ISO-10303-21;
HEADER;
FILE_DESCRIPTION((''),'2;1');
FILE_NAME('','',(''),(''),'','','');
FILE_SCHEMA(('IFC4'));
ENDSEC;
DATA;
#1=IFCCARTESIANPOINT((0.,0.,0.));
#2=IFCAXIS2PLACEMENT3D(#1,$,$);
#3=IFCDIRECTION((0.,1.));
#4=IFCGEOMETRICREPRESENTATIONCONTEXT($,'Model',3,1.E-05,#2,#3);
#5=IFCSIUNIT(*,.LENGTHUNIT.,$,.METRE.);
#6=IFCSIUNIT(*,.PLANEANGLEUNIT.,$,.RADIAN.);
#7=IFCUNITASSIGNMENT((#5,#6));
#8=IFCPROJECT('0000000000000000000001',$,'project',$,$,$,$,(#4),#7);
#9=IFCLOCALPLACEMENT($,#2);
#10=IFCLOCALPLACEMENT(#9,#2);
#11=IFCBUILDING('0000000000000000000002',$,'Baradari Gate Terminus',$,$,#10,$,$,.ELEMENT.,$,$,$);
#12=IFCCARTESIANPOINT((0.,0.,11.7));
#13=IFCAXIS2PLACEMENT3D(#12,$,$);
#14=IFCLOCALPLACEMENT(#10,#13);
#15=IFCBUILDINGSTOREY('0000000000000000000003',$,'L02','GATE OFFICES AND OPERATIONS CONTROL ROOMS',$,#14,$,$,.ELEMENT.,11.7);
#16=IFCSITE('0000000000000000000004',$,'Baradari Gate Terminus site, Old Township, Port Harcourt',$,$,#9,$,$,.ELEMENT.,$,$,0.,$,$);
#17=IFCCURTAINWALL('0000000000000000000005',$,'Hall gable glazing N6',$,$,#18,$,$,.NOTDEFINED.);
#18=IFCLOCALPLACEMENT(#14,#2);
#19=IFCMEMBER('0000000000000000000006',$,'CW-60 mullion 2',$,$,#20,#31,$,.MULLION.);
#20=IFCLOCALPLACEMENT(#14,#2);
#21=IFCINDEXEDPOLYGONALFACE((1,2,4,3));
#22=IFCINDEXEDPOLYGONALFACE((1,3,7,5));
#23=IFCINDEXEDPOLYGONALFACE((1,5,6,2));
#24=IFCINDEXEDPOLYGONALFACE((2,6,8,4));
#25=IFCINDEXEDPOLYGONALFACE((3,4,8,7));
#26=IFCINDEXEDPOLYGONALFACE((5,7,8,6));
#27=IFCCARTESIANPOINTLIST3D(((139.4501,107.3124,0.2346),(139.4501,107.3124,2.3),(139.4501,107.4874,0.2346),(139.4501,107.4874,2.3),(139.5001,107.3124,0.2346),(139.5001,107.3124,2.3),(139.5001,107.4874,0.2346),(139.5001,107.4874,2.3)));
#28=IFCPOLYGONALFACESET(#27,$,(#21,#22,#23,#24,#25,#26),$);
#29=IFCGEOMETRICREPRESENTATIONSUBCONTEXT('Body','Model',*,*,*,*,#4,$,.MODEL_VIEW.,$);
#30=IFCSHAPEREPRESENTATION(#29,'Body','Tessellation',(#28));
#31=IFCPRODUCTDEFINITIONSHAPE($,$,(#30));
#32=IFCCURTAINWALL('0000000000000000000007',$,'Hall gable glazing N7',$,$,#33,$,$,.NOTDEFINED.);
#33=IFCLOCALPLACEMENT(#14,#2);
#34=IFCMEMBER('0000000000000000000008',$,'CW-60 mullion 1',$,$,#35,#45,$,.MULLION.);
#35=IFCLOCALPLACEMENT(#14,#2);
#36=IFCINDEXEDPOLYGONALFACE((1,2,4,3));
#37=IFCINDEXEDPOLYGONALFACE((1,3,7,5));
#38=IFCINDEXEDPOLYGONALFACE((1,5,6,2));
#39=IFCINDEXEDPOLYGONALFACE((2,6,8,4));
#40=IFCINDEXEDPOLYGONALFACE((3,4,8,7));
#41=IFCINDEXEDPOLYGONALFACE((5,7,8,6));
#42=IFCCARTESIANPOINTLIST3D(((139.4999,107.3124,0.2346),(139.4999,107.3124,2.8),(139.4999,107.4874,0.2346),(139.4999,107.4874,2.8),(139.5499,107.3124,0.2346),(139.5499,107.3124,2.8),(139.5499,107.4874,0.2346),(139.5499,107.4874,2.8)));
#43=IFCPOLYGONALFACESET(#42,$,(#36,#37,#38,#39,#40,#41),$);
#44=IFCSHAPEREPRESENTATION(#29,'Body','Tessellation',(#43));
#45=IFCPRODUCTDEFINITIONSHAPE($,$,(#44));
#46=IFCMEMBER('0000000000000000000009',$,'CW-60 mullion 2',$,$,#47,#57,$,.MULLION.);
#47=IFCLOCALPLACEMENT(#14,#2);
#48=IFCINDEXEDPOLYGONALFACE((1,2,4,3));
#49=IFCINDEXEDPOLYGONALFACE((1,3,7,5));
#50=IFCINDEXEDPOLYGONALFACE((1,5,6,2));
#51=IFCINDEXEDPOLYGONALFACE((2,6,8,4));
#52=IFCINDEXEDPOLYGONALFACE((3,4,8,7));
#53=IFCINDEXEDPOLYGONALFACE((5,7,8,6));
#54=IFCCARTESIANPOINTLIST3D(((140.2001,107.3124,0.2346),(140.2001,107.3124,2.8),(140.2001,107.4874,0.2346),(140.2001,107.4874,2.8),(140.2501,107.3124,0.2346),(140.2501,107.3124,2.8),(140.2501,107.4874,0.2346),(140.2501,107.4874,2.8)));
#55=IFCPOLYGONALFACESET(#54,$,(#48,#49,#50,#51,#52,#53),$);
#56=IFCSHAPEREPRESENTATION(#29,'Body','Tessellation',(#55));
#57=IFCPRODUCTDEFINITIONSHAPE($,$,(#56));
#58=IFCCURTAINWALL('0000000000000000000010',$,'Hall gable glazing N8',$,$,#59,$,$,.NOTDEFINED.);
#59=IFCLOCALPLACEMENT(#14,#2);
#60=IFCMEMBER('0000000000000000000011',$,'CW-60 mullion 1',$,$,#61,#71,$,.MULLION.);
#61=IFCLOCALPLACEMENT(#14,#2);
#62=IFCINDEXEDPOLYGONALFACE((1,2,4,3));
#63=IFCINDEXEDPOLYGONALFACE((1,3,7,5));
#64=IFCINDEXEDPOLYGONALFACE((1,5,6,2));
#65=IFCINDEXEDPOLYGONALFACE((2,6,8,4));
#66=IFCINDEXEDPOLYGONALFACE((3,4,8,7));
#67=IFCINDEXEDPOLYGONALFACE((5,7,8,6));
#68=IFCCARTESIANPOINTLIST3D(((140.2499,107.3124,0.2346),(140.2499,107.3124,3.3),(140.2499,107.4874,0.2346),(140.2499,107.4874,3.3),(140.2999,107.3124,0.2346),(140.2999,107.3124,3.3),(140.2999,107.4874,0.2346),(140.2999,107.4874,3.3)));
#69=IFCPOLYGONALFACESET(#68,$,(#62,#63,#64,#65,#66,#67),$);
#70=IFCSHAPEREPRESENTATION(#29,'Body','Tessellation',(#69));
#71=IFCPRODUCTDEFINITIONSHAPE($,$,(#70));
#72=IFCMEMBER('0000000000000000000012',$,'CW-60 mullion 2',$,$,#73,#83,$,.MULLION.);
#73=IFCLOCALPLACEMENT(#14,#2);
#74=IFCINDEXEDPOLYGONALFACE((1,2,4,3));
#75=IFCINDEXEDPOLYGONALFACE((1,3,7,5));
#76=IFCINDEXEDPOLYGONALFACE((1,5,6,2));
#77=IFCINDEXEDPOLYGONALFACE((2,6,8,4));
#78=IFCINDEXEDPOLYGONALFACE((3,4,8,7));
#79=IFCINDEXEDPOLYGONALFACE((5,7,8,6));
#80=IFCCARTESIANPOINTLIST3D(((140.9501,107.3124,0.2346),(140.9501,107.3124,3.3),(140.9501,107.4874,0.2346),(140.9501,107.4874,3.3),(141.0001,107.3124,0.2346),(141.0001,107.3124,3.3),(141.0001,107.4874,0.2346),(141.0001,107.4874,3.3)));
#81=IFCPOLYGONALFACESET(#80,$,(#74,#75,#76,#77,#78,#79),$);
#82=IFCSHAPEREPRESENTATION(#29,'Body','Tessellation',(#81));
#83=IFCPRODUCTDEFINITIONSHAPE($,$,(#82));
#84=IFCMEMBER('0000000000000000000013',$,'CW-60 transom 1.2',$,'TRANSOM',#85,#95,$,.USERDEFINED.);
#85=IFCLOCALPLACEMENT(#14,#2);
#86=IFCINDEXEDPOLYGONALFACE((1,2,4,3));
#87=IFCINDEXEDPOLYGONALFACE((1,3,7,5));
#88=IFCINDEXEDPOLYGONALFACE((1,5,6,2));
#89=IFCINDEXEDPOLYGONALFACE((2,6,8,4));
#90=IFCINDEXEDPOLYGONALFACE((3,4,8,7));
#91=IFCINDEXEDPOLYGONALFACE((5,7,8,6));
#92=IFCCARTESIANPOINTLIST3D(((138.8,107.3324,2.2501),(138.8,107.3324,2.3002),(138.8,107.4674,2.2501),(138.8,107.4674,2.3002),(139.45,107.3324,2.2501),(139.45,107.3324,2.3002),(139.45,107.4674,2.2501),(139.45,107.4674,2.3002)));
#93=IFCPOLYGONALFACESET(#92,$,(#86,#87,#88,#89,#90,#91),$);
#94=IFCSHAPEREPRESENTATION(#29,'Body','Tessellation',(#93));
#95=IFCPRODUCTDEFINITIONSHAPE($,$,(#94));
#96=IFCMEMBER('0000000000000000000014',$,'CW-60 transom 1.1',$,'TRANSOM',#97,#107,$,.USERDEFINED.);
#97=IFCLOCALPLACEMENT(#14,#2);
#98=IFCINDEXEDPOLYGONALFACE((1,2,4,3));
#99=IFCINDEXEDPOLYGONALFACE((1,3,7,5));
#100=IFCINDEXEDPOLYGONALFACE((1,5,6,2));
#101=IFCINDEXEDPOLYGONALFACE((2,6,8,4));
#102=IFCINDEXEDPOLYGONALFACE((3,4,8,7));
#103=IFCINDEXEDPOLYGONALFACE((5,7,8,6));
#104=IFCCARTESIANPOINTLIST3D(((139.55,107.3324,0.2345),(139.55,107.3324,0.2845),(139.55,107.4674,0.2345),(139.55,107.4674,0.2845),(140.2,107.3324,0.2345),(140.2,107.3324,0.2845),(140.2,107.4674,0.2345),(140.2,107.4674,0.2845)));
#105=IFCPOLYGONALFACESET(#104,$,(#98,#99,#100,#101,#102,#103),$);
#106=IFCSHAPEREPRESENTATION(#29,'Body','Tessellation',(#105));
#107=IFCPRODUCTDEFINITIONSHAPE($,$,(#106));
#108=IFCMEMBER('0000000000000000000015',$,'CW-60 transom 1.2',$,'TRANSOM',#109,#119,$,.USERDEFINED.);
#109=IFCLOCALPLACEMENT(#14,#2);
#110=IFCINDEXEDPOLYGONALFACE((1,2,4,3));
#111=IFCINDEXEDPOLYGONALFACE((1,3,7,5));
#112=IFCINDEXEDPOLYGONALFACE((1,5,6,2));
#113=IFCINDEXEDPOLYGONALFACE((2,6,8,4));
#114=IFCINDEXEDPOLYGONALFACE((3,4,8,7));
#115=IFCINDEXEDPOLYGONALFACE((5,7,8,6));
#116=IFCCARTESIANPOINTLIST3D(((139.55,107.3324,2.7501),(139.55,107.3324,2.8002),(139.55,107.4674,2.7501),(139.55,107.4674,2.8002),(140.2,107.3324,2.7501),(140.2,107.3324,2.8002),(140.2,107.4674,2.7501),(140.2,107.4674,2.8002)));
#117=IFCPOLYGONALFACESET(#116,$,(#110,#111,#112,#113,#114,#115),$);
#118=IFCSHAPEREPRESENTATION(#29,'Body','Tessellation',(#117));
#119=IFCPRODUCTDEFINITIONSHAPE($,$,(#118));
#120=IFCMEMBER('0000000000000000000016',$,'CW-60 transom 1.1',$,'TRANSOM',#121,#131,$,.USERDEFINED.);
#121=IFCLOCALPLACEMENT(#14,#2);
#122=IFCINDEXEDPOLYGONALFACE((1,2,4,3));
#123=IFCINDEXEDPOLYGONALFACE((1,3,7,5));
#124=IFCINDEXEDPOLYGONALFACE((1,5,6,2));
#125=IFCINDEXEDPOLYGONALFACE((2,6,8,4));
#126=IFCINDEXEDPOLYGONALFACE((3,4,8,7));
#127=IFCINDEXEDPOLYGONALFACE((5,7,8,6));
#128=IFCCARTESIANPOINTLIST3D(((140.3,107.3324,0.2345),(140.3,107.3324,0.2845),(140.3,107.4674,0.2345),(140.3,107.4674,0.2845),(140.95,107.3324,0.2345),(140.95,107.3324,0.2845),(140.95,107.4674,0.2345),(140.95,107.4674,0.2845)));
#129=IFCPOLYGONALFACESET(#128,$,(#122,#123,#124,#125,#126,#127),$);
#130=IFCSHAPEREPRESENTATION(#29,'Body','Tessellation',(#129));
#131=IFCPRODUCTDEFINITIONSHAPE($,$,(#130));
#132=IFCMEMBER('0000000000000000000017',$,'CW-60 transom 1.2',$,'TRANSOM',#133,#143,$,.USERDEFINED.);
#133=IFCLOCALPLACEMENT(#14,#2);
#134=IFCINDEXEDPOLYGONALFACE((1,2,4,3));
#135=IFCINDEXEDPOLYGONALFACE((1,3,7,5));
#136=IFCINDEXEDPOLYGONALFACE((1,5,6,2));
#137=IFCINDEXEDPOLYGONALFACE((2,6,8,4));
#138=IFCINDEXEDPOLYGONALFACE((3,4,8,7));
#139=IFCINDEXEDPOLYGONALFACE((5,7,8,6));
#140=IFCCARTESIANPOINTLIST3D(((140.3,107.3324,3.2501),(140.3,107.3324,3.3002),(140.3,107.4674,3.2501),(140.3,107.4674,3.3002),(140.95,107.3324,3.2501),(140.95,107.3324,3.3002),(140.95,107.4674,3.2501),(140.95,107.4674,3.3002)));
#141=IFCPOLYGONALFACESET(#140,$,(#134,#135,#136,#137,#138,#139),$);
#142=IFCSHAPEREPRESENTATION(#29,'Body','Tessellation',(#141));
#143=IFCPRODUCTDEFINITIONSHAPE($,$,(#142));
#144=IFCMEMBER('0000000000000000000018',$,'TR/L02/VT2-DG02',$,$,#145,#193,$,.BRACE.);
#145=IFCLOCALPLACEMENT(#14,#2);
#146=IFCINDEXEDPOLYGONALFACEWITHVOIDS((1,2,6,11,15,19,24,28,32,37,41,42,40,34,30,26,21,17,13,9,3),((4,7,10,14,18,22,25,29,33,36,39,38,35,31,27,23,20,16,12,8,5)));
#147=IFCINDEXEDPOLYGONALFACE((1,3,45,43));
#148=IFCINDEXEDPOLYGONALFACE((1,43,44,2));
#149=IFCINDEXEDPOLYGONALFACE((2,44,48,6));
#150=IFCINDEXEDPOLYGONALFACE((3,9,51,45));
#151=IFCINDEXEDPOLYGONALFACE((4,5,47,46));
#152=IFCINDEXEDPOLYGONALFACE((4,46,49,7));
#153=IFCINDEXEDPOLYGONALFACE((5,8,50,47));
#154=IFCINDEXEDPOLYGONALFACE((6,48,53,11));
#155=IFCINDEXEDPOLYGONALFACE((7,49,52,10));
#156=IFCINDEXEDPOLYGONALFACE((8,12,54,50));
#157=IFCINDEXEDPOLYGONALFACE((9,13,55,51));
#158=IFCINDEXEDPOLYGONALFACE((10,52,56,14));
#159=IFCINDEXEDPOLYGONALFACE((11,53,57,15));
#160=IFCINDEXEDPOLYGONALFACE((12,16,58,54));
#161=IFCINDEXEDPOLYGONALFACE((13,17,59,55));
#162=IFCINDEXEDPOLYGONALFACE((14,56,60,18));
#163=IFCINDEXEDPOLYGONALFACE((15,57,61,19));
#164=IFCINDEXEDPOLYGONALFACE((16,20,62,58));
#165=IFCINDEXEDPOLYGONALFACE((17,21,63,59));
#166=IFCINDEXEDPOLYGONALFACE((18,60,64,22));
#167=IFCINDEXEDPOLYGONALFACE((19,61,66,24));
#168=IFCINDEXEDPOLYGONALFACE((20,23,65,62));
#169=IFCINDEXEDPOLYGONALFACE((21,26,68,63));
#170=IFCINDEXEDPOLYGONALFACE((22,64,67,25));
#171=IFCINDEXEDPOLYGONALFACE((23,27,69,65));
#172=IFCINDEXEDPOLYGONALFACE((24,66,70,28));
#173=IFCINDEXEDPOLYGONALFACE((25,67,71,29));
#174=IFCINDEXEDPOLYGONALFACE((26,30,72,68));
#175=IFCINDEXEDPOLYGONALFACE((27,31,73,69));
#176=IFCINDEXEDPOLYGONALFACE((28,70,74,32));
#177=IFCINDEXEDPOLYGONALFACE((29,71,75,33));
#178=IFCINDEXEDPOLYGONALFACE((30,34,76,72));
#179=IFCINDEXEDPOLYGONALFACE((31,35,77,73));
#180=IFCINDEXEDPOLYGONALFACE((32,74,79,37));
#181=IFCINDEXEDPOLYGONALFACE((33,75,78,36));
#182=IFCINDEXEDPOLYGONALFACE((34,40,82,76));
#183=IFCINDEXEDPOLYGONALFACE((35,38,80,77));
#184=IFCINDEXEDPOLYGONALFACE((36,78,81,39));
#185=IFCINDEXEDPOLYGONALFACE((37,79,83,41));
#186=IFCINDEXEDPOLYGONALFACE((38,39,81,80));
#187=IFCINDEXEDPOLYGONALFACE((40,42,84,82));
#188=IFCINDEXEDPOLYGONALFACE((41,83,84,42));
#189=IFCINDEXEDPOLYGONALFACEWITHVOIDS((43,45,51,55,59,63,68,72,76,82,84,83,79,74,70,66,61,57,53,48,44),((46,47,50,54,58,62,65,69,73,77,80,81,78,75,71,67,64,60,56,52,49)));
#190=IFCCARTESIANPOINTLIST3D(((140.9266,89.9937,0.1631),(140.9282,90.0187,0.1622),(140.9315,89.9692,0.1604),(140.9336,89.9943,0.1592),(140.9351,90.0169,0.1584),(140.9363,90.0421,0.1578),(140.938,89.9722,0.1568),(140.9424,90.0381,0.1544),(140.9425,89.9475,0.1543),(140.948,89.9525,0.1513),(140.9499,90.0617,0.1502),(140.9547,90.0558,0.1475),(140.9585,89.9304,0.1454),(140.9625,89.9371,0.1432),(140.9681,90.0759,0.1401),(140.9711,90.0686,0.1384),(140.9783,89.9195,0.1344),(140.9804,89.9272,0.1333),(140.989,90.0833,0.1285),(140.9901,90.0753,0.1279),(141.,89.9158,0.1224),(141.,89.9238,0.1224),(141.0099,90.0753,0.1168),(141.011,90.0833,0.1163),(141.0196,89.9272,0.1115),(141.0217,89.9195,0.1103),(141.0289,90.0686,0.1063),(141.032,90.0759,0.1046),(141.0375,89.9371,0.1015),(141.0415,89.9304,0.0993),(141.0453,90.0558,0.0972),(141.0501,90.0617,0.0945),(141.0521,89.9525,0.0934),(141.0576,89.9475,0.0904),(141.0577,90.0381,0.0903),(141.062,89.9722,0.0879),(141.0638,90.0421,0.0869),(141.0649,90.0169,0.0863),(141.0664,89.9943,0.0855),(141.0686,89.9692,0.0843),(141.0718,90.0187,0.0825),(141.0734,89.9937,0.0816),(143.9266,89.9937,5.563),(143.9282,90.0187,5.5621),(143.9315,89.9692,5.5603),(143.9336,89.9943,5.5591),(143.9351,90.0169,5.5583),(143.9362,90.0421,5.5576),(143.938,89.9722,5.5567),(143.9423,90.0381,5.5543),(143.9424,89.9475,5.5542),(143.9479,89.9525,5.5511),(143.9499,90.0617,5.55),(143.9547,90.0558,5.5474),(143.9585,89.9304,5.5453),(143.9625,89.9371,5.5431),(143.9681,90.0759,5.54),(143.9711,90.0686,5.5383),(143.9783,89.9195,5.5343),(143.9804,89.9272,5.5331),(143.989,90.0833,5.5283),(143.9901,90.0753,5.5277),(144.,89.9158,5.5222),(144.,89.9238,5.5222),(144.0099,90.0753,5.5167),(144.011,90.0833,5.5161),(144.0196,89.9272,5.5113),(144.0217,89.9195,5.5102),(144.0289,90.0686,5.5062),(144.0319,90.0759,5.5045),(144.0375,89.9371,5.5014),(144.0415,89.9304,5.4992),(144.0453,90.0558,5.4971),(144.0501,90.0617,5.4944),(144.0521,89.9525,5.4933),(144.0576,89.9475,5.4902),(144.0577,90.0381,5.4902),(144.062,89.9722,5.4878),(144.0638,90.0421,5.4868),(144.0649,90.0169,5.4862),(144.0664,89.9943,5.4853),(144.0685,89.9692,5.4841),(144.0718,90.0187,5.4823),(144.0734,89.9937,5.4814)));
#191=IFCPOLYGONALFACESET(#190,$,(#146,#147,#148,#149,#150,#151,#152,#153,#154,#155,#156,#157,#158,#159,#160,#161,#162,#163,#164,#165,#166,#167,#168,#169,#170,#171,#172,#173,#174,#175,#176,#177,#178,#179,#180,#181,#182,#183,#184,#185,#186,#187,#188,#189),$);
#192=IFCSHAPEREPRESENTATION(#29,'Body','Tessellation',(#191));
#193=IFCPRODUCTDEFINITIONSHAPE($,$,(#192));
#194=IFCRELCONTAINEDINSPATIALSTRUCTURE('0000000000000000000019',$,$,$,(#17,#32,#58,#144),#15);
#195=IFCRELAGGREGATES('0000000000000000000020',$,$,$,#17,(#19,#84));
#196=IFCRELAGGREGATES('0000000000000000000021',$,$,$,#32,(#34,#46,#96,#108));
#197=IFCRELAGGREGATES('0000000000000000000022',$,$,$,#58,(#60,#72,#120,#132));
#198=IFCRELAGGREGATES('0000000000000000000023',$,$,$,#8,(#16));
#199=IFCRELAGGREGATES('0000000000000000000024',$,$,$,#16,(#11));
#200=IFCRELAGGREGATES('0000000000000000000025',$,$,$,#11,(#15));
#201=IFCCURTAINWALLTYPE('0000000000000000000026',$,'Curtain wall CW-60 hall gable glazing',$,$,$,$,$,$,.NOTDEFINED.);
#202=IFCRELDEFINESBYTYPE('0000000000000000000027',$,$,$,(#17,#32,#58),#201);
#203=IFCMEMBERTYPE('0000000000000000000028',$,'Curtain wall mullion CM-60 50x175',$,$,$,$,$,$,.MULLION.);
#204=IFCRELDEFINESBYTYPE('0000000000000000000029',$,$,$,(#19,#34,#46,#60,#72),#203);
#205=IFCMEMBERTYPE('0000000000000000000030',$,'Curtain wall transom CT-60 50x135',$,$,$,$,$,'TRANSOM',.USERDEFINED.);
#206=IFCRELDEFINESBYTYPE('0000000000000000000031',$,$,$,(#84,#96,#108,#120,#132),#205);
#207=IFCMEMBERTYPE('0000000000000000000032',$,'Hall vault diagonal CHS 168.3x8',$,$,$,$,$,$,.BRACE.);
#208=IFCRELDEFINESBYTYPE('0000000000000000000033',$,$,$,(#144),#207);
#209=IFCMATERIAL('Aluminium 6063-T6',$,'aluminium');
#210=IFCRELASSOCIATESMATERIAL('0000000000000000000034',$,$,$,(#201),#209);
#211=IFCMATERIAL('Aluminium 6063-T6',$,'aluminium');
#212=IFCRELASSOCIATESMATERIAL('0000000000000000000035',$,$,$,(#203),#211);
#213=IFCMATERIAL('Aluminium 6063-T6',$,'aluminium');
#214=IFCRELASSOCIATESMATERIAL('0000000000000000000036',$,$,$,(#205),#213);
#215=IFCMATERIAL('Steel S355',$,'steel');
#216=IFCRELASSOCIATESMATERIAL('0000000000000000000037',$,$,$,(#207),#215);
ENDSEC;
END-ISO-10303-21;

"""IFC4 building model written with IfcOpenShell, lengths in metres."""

from ifc_helpers import new_model, si_unit, direction, frame, origin, origin_2d, place, context, subcontext, project, spatial, rectangle, hollow_circle, extrude, material, material_profile, profile_set, type_object, element, aggregate, save


model = new_model("IFC4")

# Units and contexts
model_context = context("Model", 3, precision=1e-05, world=origin(), true_north=direction((0.0, 1.0)))
body_context = subcontext(model_context, "Body", "Model", "MODEL_VIEW")
ifc_project = project(units=[si_unit("LENGTHUNIT", "METRE"), si_unit("PLANEANGLEUNIT", "RADIAN")], contexts=[model_context])

# Site, building, storey
site_placement = place(None, origin())
site = spatial("IfcSite", under=ifc_project, at=site_placement, Name="Baradari Gate Terminus site, Old Township, Port Harcourt", CompositionType="ELEMENT", RefElevation=0.0)
building_placement = place(site_placement, origin())
building = spatial("IfcBuilding", under=site, at=building_placement, Name="Baradari Gate Terminus", CompositionType="ELEMENT")
storey_placement = place(building_placement, frame((0.0, 0.0, 11.7)))
storey = spatial("IfcBuildingStorey", under=building, at=storey_placement, Name="L02", Description="GATE OFFICES AND OPERATIONS CONTROL ROOMS", CompositionType="ELEMENT", Elevation=11.7)

# Curtain wall, member
ifc_material_1 = material(Name="Aluminium 6063-T6", Category="aluminium")
curtain_wall_type = type_object("IfcCurtainWallType", Name="Curtain wall CW-60 hall gable glazing", PredefinedType="NOTDEFINED", material=ifc_material_1)
curtain_wall_1_placement = place(storey_placement, origin())
curtain_wall_1 = element("IfcCurtainWall", 1, at=curtain_wall_1_placement, inside=storey, type_object=curtain_wall_type, Name="Hall gable glazing N6", PredefinedType="NOTDEFINED")
ifc_material_2 = material(Name="Aluminium 6063-T6", Category="aluminium")
ifc_material_profile_1 = material_profile(ifc_material_2, rectangle(XDim=0.175, YDim=0.05, at=origin_2d()), Name="CM-60 50X175")
ifc_profile_set_1 = profile_set([ifc_material_profile_1], Name="Aluminium 6063-T6")
member_type_1 = type_object("IfcMemberType", Name="Curtain wall mullion CM-60 50x175", PredefinedType="MULLION", material=ifc_profile_set_1)
member_1_placement = place(storey_placement, frame((139.4751, 107.3999, 0.2346), z_axis=(0.0, 0.0, 1.0), x_axis=(0.0, 1.0, 0.0)))
member_1 = element("IfcMember", 2, at=member_1_placement, type_object=member_type_1, Name="CW-60 mullion 2", PredefinedType="MULLION", context=body_context, shape_type="SweptSolid", body=[
    extrude(rectangle(XDim=0.175, YDim=0.05, at=origin_2d()), origin(), (0.0, 0.0, 1.0), 2.0654),
])

# Curtain walls, members
curtain_wall_2_placement = place(storey_placement, origin())
curtain_wall_2 = element("IfcCurtainWall", 3, at=curtain_wall_2_placement, inside=storey, type_object=curtain_wall_type, Name="Hall gable glazing N7", PredefinedType="NOTDEFINED")
member_2_placement = place(storey_placement, frame((139.5249, 107.3999, 0.2346), z_axis=(0.0, 0.0, 1.0), x_axis=(0.0, 1.0, 0.0)))
member_2 = element("IfcMember", 4, at=member_2_placement, type_object=member_type_1, Name="CW-60 mullion 1", PredefinedType="MULLION", context=body_context, shape_type="SweptSolid", body=[
    extrude(rectangle(XDim=0.175, YDim=0.05, at=origin_2d()), origin(), (0.0, 0.0, 1.0), 2.5654),
])
member_3_placement = place(storey_placement, frame((140.2251, 107.3999, 0.2346), z_axis=(0.0, 0.0, 1.0), x_axis=(0.0, 1.0, 0.0)))
member_3 = element("IfcMember", 5, at=member_3_placement, type_object=member_type_1, Name="CW-60 mullion 2", PredefinedType="MULLION", context=body_context, shape_type="SweptSolid", body=[
    extrude(rectangle(XDim=0.175, YDim=0.05, at=origin_2d()), origin(), (0.0, 0.0, 1.0), 2.5654),
])
curtain_wall_3_placement = place(storey_placement, origin())
curtain_wall_3 = element("IfcCurtainWall", 6, at=curtain_wall_3_placement, inside=storey, type_object=curtain_wall_type, Name="Hall gable glazing N8", PredefinedType="NOTDEFINED")
member_4_placement = place(storey_placement, frame((140.2749, 107.3999, 0.2346), z_axis=(0.0, 0.0, 1.0), x_axis=(0.0, 1.0, 0.0)))
member_4 = element("IfcMember", 7, at=member_4_placement, type_object=member_type_1, Name="CW-60 mullion 1", PredefinedType="MULLION", context=body_context, shape_type="SweptSolid", body=[
    extrude(rectangle(XDim=0.175, YDim=0.05, at=origin_2d()), origin(), (0.0, 0.0, 1.0), 3.0654),
])
member_5_placement = place(storey_placement, frame((140.9751, 107.3999, 0.2346), z_axis=(0.0, 0.0, 1.0), x_axis=(0.0, 1.0, 0.0)))
member_5 = element("IfcMember", 8, at=member_5_placement, type_object=member_type_1, Name="CW-60 mullion 2", PredefinedType="MULLION", context=body_context, shape_type="SweptSolid", body=[
    extrude(rectangle(XDim=0.175, YDim=0.05, at=origin_2d()), origin(), (0.0, 0.0, 1.0), 3.0654),
])

# Members
ifc_material_3 = material(Name="Aluminium 6063-T6", Category="aluminium")
ifc_material_profile_2 = material_profile(ifc_material_3, rectangle(XDim=0.135, YDim=0.05, at=origin_2d()), Name="CT-60 50X135")
ifc_profile_set_2 = profile_set([ifc_material_profile_2], Name="Aluminium 6063-T6")
member_type_2 = type_object("IfcMemberType", Name="Curtain wall transom CT-60 50x135", ElementType="TRANSOM", PredefinedType="USERDEFINED", material=ifc_profile_set_2)
member_6_placement = place(storey_placement, frame((138.8, 107.3999, 2.2751), z_axis=(1.0, 0.0, 0.0), x_axis=(0.0, 1.0, 0.0)))
member_6 = element("IfcMember", 9, at=member_6_placement, type_object=member_type_2, Name="CW-60 transom 1.2", ObjectType="TRANSOM", PredefinedType="USERDEFINED", context=body_context, shape_type="SweptSolid", body=[
    extrude(rectangle(XDim=0.135, YDim=0.05, at=origin_2d()), origin(), (0.0, 0.0, 1.0), 0.6499),
])
member_7_placement = place(storey_placement, frame((139.55, 107.3999, 0.2595), z_axis=(1.0, 0.0, 0.0), x_axis=(0.0, 1.0, 0.0)))
member_7 = element("IfcMember", 10, at=member_7_placement, type_object=member_type_2, Name="CW-60 transom 1.1", ObjectType="TRANSOM", PredefinedType="USERDEFINED", context=body_context, shape_type="SweptSolid", body=[
    extrude(rectangle(XDim=0.135, YDim=0.05, at=origin_2d()), origin(), (0.0, 0.0, 1.0), 0.6499),
])
member_8_placement = place(storey_placement, frame((139.55, 107.3999, 2.7751), z_axis=(1.0, 0.0, 0.0), x_axis=(0.0, 1.0, 0.0)))
member_8 = element("IfcMember", 11, at=member_8_placement, type_object=member_type_2, Name="CW-60 transom 1.2", ObjectType="TRANSOM", PredefinedType="USERDEFINED", context=body_context, shape_type="SweptSolid", body=[
    extrude(rectangle(XDim=0.135, YDim=0.05, at=origin_2d()), origin(), (0.0, 0.0, 1.0), 0.6499),
])
member_9_placement = place(storey_placement, frame((140.3, 107.3999, 0.2595), z_axis=(1.0, 0.0, 0.0), x_axis=(0.0, 1.0, 0.0)))
member_9 = element("IfcMember", 12, at=member_9_placement, type_object=member_type_2, Name="CW-60 transom 1.1", ObjectType="TRANSOM", PredefinedType="USERDEFINED", context=body_context, shape_type="SweptSolid", body=[
    extrude(rectangle(XDim=0.135, YDim=0.05, at=origin_2d()), origin(), (0.0, 0.0, 1.0), 0.6499),
])
member_10_placement = place(storey_placement, frame((140.3, 107.3999, 3.2751), z_axis=(1.0, 0.0, 0.0), x_axis=(0.0, 1.0, 0.0)))
member_10 = element("IfcMember", 13, at=member_10_placement, type_object=member_type_2, Name="CW-60 transom 1.2", ObjectType="TRANSOM", PredefinedType="USERDEFINED", context=body_context, shape_type="SweptSolid", body=[
    extrude(rectangle(XDim=0.135, YDim=0.05, at=origin_2d()), origin(), (0.0, 0.0, 1.0), 0.6499),
])

# Member
ifc_material_4 = material(Name="Steel S355", Category="steel")
ifc_material_profile_3 = material_profile(ifc_material_4, hollow_circle(Radius=0.0842, WallThickness=0.0081, at=origin_2d()), Name="CHS 168.3x8")
ifc_profile_set_3 = profile_set([ifc_material_profile_3], Name="Steel S355")
member_type_3 = type_object("IfcMemberType", Name="Hall vault diagonal CHS 168.3x8", PredefinedType="BRACE", material=ifc_profile_set_3)
for number, where, z_axis, x_axis, name in (
    (14, (144.0, 90.0, 5.5222), (-0.48565, 0.0, -0.874154), (0.0, -1.0, 0.0), "TR/L02/VT2-DG02"),
):
    element("IfcMember", number, at=place(storey_placement, frame(where, z_axis=z_axis, x_axis=x_axis)), inside=storey, type_object=member_type_3, Name=name, PredefinedType="BRACE", context=body_context, shape_type="SweptSolid", body=[
        extrude(hollow_circle(Radius=0.0842, WallThickness=0.0081, at=origin_2d()), origin(), (0.0, 0.0, 1.0), 6.1772),
    ])

aggregate(curtain_wall_1, [member_1, member_6])
aggregate(curtain_wall_2, [member_2, member_3, member_7, member_8])
aggregate(curtain_wall_3, [member_4, member_5, member_9, member_10])

save(model, "model.ifc")
